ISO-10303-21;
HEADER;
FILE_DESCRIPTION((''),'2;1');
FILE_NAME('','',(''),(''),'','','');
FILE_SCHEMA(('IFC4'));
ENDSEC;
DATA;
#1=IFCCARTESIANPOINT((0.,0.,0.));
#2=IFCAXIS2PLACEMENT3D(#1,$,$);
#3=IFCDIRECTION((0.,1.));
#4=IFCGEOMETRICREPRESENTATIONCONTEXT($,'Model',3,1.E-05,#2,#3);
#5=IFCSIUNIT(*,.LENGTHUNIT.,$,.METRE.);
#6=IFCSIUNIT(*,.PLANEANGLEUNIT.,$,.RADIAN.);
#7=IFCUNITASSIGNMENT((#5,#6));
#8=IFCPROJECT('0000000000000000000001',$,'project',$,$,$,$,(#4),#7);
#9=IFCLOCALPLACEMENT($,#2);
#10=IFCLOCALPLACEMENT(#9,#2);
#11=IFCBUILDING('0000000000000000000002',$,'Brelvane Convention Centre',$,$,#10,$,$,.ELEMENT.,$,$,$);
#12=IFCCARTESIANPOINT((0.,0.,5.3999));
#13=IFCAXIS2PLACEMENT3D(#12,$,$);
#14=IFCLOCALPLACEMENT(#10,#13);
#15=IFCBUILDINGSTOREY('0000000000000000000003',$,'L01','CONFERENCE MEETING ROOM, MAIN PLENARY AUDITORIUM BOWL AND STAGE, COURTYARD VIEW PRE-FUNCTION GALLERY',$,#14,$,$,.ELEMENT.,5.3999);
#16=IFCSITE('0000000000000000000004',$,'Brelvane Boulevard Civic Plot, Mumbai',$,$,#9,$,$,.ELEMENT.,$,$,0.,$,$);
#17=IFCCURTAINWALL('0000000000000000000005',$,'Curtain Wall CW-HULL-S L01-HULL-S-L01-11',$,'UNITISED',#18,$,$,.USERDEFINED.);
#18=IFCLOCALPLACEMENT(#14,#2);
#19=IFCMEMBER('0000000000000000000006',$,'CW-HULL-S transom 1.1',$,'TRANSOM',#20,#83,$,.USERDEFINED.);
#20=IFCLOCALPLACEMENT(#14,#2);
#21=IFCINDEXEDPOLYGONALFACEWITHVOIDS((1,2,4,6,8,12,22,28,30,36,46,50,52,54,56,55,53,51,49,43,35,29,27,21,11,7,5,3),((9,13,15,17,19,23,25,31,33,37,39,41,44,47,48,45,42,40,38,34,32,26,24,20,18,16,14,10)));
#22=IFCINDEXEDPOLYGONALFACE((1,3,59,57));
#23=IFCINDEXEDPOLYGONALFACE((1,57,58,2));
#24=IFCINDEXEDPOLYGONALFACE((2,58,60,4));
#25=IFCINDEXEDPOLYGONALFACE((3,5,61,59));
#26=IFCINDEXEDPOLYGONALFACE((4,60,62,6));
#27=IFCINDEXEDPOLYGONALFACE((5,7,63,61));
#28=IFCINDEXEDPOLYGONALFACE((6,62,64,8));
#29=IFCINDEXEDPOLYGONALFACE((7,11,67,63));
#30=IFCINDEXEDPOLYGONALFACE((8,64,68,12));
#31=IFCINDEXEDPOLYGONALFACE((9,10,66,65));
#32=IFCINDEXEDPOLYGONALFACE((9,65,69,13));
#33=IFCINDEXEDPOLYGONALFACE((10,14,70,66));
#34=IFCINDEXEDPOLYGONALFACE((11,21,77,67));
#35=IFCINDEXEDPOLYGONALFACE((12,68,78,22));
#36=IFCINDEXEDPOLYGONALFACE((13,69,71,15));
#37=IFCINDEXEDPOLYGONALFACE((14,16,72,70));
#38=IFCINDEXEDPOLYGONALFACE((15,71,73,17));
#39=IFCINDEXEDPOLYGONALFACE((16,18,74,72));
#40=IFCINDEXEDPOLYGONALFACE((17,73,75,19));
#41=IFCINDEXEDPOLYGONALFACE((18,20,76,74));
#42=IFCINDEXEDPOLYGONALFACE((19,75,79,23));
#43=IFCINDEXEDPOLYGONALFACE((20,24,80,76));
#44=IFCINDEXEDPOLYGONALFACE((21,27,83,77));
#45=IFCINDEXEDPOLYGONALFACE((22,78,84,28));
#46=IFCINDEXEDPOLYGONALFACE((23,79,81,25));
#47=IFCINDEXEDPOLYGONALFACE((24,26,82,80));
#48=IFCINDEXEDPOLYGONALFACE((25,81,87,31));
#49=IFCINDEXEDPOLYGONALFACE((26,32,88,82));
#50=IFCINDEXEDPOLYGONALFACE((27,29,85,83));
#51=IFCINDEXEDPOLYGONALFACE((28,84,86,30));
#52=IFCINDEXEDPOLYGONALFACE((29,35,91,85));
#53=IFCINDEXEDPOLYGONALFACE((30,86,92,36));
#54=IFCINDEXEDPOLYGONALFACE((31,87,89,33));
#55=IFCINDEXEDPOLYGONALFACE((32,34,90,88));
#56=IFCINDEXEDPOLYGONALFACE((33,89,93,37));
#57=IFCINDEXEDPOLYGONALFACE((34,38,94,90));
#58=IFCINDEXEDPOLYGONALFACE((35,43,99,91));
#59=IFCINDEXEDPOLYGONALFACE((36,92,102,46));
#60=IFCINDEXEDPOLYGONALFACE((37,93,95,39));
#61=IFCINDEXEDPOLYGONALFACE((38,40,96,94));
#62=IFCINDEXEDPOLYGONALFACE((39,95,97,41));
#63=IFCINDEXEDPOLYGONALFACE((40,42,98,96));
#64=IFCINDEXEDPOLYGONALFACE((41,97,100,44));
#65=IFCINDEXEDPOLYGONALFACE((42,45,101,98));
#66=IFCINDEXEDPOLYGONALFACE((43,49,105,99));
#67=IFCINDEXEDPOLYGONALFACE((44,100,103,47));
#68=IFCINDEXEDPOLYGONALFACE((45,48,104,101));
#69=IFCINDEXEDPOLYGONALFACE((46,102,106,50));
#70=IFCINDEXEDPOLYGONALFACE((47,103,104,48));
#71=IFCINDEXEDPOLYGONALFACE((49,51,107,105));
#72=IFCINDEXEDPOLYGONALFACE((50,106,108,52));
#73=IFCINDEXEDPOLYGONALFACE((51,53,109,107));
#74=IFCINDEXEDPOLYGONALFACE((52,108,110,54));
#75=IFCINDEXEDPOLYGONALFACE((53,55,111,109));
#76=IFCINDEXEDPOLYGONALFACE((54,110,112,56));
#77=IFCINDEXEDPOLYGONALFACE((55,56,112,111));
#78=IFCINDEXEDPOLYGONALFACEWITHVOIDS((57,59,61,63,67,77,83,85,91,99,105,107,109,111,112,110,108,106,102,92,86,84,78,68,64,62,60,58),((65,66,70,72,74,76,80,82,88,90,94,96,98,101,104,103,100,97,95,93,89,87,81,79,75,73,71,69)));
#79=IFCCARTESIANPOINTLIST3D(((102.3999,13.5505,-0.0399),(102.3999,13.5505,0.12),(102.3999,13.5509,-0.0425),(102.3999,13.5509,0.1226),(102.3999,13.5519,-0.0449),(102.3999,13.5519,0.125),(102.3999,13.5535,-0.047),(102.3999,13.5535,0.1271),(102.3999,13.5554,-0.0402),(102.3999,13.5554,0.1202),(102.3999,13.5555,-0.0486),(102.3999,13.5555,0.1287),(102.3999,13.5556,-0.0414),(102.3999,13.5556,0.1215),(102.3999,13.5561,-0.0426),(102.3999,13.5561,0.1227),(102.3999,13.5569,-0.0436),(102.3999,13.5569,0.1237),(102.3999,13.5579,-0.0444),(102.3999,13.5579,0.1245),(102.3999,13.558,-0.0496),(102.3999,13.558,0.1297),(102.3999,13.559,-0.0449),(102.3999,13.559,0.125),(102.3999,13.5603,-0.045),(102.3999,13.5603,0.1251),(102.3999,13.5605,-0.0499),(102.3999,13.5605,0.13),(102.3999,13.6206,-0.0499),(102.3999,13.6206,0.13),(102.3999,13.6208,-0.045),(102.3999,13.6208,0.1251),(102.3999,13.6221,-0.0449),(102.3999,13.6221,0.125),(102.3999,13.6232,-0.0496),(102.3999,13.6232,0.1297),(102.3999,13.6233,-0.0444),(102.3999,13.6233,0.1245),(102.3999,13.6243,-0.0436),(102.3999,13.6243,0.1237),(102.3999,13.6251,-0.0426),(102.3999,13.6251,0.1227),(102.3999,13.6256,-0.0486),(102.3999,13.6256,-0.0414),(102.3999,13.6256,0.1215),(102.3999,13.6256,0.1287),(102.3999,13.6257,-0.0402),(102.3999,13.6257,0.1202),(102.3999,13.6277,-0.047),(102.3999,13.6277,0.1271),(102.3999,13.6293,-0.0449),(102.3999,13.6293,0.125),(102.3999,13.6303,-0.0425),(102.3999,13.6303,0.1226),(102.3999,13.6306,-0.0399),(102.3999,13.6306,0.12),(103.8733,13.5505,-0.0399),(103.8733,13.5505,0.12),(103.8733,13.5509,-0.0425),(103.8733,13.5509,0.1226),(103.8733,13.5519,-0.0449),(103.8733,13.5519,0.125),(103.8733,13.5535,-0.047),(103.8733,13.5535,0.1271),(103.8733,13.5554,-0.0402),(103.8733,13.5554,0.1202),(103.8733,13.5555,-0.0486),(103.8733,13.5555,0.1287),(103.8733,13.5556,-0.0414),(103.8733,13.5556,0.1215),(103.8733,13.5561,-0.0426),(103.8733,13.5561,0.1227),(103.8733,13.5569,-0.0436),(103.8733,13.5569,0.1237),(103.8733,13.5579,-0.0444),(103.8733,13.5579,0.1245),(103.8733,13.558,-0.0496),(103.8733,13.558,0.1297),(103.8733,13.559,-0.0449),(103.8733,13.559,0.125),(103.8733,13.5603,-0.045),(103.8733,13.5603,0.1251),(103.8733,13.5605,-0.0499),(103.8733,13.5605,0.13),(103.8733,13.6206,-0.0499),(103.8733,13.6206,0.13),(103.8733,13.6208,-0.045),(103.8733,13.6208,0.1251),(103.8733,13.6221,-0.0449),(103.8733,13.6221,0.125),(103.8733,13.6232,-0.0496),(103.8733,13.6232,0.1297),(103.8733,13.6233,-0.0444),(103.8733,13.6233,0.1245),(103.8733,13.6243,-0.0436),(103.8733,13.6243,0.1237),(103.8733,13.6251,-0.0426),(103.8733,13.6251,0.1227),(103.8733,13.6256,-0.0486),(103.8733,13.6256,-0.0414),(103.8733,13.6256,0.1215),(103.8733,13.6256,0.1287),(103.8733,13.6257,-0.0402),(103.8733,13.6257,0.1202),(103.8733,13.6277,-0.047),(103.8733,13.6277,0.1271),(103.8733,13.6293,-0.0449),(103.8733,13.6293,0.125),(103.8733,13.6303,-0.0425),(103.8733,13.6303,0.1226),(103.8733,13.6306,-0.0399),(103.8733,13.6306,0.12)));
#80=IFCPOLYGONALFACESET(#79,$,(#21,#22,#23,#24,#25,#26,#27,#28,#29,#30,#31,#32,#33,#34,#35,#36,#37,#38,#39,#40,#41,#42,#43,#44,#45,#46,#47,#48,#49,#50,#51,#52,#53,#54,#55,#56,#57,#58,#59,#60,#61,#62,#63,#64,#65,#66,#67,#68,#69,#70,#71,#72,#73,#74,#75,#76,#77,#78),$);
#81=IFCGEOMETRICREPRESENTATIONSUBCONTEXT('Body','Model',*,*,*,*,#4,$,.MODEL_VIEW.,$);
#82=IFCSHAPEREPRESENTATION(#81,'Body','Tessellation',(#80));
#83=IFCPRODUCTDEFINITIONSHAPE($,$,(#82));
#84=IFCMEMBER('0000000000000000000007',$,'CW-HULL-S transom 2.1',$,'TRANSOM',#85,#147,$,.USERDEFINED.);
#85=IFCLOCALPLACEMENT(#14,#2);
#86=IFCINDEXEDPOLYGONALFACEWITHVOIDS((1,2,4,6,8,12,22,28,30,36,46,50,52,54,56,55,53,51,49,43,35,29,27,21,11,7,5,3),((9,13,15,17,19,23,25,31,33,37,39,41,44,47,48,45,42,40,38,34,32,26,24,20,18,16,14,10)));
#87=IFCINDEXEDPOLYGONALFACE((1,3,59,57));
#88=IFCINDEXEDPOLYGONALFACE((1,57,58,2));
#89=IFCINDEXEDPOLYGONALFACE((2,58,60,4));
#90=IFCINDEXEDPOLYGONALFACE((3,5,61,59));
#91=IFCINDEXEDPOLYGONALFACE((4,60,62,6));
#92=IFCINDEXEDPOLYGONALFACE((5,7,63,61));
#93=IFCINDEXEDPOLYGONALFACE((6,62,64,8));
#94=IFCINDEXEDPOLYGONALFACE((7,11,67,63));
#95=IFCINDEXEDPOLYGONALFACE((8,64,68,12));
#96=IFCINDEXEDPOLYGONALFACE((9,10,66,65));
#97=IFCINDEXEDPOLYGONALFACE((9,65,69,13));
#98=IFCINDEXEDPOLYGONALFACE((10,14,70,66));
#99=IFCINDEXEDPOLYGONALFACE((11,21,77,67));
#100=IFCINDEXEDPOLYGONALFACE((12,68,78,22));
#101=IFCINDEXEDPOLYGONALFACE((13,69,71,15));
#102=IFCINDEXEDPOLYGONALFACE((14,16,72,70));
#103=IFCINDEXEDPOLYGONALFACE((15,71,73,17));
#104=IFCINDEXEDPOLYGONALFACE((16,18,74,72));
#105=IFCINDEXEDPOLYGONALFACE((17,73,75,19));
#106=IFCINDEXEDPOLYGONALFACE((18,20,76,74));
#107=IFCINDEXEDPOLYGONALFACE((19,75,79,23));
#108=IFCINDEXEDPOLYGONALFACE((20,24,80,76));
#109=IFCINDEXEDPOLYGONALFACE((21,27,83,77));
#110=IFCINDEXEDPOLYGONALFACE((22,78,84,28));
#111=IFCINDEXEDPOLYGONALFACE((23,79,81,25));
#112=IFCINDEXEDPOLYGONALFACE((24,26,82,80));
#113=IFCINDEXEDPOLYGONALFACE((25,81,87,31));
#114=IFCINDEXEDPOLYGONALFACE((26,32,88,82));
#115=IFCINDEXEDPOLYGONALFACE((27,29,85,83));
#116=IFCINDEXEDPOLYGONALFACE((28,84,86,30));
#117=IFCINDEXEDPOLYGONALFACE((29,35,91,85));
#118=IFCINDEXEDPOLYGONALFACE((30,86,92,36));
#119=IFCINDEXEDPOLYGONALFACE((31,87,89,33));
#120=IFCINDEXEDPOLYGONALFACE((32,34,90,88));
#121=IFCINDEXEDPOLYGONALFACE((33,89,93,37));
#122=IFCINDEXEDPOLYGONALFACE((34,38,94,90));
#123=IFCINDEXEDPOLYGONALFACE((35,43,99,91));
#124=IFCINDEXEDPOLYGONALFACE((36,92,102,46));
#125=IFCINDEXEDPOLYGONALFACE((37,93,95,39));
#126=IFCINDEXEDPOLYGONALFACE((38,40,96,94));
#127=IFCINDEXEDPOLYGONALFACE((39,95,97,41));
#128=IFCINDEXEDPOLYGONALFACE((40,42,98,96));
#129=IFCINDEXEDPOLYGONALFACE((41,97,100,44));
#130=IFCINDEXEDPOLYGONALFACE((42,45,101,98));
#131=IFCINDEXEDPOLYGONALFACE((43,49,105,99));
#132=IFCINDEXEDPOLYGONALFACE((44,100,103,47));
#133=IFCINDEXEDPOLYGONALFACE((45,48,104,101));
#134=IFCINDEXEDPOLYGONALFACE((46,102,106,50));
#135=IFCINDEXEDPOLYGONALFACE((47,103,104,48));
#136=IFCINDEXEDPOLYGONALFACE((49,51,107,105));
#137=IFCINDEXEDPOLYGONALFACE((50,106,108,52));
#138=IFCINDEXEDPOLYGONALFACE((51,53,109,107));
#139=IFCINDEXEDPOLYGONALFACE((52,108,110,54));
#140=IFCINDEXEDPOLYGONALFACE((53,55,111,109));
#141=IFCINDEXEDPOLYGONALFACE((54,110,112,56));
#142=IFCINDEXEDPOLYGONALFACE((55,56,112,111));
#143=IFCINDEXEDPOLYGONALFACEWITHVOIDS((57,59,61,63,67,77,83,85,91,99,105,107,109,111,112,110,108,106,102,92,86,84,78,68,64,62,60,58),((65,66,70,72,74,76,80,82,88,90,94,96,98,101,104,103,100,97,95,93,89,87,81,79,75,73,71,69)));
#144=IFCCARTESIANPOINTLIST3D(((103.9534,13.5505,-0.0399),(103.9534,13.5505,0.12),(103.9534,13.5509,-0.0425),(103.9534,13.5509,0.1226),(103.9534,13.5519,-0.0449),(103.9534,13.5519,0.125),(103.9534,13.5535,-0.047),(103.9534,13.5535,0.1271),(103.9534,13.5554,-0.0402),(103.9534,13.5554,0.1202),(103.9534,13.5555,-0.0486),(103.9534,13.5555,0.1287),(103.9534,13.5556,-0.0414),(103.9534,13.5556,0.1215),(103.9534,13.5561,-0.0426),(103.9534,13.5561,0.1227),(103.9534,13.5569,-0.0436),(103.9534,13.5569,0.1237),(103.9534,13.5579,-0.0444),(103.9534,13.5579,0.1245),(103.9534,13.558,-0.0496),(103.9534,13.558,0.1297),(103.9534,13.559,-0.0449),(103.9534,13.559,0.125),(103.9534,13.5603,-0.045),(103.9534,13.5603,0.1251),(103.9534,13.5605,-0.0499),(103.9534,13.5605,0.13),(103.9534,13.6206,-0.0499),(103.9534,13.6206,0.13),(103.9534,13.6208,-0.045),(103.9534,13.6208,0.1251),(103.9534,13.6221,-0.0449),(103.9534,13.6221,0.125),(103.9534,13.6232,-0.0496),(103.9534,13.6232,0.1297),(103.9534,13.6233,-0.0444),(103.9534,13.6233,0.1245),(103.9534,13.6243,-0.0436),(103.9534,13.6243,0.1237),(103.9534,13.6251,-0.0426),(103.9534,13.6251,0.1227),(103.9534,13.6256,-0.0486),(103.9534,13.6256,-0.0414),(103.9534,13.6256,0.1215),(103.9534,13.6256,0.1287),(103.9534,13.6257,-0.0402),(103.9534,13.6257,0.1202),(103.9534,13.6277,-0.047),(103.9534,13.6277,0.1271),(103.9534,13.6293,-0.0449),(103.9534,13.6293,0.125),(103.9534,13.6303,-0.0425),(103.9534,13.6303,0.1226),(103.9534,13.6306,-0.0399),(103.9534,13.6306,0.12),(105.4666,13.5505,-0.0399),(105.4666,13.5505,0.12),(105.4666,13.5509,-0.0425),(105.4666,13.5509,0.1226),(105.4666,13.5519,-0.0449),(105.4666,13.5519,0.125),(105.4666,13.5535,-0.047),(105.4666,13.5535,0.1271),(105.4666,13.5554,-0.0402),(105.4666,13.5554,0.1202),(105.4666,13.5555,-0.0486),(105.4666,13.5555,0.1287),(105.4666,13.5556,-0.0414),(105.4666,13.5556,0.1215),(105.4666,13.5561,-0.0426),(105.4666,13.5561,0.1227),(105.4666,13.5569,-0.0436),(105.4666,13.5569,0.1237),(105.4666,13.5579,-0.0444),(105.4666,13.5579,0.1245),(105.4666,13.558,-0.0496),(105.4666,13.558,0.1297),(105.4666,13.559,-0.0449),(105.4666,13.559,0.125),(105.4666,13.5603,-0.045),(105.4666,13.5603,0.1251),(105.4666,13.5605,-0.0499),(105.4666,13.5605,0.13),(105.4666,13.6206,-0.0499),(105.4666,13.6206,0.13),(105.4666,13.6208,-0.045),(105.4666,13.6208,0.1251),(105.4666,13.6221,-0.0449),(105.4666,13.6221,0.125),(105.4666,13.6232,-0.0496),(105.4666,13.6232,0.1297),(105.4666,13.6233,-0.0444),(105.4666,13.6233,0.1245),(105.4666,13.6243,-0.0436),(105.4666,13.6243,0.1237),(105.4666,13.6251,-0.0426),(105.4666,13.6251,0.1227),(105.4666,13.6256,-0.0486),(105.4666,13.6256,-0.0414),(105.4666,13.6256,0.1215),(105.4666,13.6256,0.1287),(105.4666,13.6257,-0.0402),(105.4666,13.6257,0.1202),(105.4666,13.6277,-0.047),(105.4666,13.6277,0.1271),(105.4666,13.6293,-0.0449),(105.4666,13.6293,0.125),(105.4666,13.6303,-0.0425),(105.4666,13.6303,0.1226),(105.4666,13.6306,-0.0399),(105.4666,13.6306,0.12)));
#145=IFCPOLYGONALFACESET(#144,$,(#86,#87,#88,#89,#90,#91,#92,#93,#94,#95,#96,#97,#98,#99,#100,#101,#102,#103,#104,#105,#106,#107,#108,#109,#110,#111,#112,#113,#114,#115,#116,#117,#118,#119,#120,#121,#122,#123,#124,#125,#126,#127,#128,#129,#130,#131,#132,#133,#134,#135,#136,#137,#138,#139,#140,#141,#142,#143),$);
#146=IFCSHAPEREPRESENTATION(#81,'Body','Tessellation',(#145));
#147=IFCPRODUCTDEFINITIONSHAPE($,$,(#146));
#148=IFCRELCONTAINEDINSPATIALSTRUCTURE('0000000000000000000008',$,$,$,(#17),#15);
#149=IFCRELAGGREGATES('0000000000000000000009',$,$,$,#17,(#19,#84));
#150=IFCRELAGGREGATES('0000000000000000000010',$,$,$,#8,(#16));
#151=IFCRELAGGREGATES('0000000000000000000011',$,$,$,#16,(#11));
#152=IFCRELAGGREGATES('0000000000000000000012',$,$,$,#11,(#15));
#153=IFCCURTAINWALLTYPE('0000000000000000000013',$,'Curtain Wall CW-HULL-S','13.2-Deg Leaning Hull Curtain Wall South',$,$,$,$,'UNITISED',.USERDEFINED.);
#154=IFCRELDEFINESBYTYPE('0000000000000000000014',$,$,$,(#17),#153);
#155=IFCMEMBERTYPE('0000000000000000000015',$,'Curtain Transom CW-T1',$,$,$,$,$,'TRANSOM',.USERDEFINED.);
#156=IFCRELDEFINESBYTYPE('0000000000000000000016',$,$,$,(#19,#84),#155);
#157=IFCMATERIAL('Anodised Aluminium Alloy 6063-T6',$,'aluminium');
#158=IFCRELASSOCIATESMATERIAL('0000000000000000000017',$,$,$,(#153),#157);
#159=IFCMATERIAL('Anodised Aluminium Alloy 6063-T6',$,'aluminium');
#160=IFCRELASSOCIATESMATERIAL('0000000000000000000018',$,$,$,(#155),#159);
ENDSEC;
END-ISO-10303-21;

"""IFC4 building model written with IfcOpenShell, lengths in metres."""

from ifc_helpers import new_model, si_unit, direction, frame, origin, origin_2d, place, context, subcontext, project, spatial, hollow_rectangle, extrude, material, material_profile, profile_set, type_object, element, aggregate, save


model = new_model("IFC4")

# Units and contexts
model_context = context("Model", 3, precision=1e-05, world=origin(), true_north=direction((0.0, 1.0)))
body_context = subcontext(model_context, "Body", "Model", "MODEL_VIEW")
ifc_project = project(units=[si_unit("LENGTHUNIT", "METRE"), si_unit("PLANEANGLEUNIT", "RADIAN")], contexts=[model_context])

# Site, building, storey
site_placement = place(None, origin())
site = spatial("IfcSite", under=ifc_project, at=site_placement, Name="Brelvane Boulevard Civic Plot, Mumbai", CompositionType="ELEMENT", RefElevation=0.0)
building_placement = place(site_placement, origin())
building = spatial("IfcBuilding", under=site, at=building_placement, Name="Brelvane Convention Centre", CompositionType="ELEMENT")
storey_placement = place(building_placement, frame((0.0, 0.0, 5.3999)))
storey = spatial("IfcBuildingStorey", under=building, at=storey_placement, Name="L01", Description="CONFERENCE MEETING ROOM, MAIN PLENARY AUDITORIUM BOWL AND STAGE, COURTYARD VIEW PRE-FUNCTION GALLERY", CompositionType="ELEMENT", Elevation=5.3999)

# Curtain wall
ifc_material_1 = material(Name="Anodised Aluminium Alloy 6063-T6", Category="aluminium")
curtain_wall_type = type_object("IfcCurtainWallType", Name="Curtain Wall CW-HULL-S", Description="13.2-Deg Leaning Hull Curtain Wall South", ElementType="UNITISED", PredefinedType="USERDEFINED", material=ifc_material_1)
curtain_wall_1_placement = place(storey_placement, origin())
curtain_wall_1 = element("IfcCurtainWall", 1, at=curtain_wall_1_placement, inside=storey, type_object=curtain_wall_type, Name="Curtain Wall CW-HULL-S L01-HULL-S-L01-11", ObjectType="UNITISED", PredefinedType="USERDEFINED")

# Members
ifc_material_2 = material(Name="Anodised Aluminium Alloy 6063-T6", Category="aluminium")
ifc_material_profile_1 = material_profile(ifc_material_2, hollow_rectangle(XDim=0.0801, YDim=0.1799, WallThickness=0.0049, InnerFilletRadius=0.0049, OuterFilletRadius=0.01, at=origin_2d()), Name="ALU-T 180x80x5.0")
ifc_profile_set_1 = profile_set([ifc_material_profile_1], Name="Anodised Aluminium Alloy 6063-T6")
member_type_1 = type_object("IfcMemberType", Name="Curtain Transom CW-T1", ElementType="TRANSOM", PredefinedType="USERDEFINED", material=ifc_profile_set_1)
member_1_placement = place(storey_placement, frame((102.3999, 13.5906, 0.04), z_axis=(1.0, 0.0, 0.0), x_axis=(0.0, 1.0, 0.0)))
member_1 = element("IfcMember", 2, at=member_1_placement, type_object=member_type_1, Name="CW-HULL-S transom 1.1", ObjectType="TRANSOM", PredefinedType="USERDEFINED", context=body_context, shape_type="SweptSolid", body=[
    extrude(hollow_rectangle(XDim=0.0801, YDim=0.1799, WallThickness=0.0049, InnerFilletRadius=0.0049, OuterFilletRadius=0.01, at=origin_2d()), origin(), (0.0, 0.0, 1.0), 1.4734),
])
member_2_placement = place(storey_placement, frame((103.9534, 13.5906, 0.04), z_axis=(1.0, 0.0, 0.0), x_axis=(0.0, 1.0, 0.0)))
member_2 = element("IfcMember", 3, at=member_2_placement, type_object=member_type_1, Name="CW-HULL-S transom 2.1", ObjectType="TRANSOM", PredefinedType="USERDEFINED", context=body_context, shape_type="SweptSolid", body=[
    extrude(hollow_rectangle(XDim=0.0801, YDim=0.1799, WallThickness=0.0049, InnerFilletRadius=0.0049, OuterFilletRadius=0.01, at=origin_2d()), origin(), (0.0, 0.0, 1.0), 1.5132),
])

aggregate(curtain_wall_1, [member_1, member_2])

save(model, "model.ifc")
